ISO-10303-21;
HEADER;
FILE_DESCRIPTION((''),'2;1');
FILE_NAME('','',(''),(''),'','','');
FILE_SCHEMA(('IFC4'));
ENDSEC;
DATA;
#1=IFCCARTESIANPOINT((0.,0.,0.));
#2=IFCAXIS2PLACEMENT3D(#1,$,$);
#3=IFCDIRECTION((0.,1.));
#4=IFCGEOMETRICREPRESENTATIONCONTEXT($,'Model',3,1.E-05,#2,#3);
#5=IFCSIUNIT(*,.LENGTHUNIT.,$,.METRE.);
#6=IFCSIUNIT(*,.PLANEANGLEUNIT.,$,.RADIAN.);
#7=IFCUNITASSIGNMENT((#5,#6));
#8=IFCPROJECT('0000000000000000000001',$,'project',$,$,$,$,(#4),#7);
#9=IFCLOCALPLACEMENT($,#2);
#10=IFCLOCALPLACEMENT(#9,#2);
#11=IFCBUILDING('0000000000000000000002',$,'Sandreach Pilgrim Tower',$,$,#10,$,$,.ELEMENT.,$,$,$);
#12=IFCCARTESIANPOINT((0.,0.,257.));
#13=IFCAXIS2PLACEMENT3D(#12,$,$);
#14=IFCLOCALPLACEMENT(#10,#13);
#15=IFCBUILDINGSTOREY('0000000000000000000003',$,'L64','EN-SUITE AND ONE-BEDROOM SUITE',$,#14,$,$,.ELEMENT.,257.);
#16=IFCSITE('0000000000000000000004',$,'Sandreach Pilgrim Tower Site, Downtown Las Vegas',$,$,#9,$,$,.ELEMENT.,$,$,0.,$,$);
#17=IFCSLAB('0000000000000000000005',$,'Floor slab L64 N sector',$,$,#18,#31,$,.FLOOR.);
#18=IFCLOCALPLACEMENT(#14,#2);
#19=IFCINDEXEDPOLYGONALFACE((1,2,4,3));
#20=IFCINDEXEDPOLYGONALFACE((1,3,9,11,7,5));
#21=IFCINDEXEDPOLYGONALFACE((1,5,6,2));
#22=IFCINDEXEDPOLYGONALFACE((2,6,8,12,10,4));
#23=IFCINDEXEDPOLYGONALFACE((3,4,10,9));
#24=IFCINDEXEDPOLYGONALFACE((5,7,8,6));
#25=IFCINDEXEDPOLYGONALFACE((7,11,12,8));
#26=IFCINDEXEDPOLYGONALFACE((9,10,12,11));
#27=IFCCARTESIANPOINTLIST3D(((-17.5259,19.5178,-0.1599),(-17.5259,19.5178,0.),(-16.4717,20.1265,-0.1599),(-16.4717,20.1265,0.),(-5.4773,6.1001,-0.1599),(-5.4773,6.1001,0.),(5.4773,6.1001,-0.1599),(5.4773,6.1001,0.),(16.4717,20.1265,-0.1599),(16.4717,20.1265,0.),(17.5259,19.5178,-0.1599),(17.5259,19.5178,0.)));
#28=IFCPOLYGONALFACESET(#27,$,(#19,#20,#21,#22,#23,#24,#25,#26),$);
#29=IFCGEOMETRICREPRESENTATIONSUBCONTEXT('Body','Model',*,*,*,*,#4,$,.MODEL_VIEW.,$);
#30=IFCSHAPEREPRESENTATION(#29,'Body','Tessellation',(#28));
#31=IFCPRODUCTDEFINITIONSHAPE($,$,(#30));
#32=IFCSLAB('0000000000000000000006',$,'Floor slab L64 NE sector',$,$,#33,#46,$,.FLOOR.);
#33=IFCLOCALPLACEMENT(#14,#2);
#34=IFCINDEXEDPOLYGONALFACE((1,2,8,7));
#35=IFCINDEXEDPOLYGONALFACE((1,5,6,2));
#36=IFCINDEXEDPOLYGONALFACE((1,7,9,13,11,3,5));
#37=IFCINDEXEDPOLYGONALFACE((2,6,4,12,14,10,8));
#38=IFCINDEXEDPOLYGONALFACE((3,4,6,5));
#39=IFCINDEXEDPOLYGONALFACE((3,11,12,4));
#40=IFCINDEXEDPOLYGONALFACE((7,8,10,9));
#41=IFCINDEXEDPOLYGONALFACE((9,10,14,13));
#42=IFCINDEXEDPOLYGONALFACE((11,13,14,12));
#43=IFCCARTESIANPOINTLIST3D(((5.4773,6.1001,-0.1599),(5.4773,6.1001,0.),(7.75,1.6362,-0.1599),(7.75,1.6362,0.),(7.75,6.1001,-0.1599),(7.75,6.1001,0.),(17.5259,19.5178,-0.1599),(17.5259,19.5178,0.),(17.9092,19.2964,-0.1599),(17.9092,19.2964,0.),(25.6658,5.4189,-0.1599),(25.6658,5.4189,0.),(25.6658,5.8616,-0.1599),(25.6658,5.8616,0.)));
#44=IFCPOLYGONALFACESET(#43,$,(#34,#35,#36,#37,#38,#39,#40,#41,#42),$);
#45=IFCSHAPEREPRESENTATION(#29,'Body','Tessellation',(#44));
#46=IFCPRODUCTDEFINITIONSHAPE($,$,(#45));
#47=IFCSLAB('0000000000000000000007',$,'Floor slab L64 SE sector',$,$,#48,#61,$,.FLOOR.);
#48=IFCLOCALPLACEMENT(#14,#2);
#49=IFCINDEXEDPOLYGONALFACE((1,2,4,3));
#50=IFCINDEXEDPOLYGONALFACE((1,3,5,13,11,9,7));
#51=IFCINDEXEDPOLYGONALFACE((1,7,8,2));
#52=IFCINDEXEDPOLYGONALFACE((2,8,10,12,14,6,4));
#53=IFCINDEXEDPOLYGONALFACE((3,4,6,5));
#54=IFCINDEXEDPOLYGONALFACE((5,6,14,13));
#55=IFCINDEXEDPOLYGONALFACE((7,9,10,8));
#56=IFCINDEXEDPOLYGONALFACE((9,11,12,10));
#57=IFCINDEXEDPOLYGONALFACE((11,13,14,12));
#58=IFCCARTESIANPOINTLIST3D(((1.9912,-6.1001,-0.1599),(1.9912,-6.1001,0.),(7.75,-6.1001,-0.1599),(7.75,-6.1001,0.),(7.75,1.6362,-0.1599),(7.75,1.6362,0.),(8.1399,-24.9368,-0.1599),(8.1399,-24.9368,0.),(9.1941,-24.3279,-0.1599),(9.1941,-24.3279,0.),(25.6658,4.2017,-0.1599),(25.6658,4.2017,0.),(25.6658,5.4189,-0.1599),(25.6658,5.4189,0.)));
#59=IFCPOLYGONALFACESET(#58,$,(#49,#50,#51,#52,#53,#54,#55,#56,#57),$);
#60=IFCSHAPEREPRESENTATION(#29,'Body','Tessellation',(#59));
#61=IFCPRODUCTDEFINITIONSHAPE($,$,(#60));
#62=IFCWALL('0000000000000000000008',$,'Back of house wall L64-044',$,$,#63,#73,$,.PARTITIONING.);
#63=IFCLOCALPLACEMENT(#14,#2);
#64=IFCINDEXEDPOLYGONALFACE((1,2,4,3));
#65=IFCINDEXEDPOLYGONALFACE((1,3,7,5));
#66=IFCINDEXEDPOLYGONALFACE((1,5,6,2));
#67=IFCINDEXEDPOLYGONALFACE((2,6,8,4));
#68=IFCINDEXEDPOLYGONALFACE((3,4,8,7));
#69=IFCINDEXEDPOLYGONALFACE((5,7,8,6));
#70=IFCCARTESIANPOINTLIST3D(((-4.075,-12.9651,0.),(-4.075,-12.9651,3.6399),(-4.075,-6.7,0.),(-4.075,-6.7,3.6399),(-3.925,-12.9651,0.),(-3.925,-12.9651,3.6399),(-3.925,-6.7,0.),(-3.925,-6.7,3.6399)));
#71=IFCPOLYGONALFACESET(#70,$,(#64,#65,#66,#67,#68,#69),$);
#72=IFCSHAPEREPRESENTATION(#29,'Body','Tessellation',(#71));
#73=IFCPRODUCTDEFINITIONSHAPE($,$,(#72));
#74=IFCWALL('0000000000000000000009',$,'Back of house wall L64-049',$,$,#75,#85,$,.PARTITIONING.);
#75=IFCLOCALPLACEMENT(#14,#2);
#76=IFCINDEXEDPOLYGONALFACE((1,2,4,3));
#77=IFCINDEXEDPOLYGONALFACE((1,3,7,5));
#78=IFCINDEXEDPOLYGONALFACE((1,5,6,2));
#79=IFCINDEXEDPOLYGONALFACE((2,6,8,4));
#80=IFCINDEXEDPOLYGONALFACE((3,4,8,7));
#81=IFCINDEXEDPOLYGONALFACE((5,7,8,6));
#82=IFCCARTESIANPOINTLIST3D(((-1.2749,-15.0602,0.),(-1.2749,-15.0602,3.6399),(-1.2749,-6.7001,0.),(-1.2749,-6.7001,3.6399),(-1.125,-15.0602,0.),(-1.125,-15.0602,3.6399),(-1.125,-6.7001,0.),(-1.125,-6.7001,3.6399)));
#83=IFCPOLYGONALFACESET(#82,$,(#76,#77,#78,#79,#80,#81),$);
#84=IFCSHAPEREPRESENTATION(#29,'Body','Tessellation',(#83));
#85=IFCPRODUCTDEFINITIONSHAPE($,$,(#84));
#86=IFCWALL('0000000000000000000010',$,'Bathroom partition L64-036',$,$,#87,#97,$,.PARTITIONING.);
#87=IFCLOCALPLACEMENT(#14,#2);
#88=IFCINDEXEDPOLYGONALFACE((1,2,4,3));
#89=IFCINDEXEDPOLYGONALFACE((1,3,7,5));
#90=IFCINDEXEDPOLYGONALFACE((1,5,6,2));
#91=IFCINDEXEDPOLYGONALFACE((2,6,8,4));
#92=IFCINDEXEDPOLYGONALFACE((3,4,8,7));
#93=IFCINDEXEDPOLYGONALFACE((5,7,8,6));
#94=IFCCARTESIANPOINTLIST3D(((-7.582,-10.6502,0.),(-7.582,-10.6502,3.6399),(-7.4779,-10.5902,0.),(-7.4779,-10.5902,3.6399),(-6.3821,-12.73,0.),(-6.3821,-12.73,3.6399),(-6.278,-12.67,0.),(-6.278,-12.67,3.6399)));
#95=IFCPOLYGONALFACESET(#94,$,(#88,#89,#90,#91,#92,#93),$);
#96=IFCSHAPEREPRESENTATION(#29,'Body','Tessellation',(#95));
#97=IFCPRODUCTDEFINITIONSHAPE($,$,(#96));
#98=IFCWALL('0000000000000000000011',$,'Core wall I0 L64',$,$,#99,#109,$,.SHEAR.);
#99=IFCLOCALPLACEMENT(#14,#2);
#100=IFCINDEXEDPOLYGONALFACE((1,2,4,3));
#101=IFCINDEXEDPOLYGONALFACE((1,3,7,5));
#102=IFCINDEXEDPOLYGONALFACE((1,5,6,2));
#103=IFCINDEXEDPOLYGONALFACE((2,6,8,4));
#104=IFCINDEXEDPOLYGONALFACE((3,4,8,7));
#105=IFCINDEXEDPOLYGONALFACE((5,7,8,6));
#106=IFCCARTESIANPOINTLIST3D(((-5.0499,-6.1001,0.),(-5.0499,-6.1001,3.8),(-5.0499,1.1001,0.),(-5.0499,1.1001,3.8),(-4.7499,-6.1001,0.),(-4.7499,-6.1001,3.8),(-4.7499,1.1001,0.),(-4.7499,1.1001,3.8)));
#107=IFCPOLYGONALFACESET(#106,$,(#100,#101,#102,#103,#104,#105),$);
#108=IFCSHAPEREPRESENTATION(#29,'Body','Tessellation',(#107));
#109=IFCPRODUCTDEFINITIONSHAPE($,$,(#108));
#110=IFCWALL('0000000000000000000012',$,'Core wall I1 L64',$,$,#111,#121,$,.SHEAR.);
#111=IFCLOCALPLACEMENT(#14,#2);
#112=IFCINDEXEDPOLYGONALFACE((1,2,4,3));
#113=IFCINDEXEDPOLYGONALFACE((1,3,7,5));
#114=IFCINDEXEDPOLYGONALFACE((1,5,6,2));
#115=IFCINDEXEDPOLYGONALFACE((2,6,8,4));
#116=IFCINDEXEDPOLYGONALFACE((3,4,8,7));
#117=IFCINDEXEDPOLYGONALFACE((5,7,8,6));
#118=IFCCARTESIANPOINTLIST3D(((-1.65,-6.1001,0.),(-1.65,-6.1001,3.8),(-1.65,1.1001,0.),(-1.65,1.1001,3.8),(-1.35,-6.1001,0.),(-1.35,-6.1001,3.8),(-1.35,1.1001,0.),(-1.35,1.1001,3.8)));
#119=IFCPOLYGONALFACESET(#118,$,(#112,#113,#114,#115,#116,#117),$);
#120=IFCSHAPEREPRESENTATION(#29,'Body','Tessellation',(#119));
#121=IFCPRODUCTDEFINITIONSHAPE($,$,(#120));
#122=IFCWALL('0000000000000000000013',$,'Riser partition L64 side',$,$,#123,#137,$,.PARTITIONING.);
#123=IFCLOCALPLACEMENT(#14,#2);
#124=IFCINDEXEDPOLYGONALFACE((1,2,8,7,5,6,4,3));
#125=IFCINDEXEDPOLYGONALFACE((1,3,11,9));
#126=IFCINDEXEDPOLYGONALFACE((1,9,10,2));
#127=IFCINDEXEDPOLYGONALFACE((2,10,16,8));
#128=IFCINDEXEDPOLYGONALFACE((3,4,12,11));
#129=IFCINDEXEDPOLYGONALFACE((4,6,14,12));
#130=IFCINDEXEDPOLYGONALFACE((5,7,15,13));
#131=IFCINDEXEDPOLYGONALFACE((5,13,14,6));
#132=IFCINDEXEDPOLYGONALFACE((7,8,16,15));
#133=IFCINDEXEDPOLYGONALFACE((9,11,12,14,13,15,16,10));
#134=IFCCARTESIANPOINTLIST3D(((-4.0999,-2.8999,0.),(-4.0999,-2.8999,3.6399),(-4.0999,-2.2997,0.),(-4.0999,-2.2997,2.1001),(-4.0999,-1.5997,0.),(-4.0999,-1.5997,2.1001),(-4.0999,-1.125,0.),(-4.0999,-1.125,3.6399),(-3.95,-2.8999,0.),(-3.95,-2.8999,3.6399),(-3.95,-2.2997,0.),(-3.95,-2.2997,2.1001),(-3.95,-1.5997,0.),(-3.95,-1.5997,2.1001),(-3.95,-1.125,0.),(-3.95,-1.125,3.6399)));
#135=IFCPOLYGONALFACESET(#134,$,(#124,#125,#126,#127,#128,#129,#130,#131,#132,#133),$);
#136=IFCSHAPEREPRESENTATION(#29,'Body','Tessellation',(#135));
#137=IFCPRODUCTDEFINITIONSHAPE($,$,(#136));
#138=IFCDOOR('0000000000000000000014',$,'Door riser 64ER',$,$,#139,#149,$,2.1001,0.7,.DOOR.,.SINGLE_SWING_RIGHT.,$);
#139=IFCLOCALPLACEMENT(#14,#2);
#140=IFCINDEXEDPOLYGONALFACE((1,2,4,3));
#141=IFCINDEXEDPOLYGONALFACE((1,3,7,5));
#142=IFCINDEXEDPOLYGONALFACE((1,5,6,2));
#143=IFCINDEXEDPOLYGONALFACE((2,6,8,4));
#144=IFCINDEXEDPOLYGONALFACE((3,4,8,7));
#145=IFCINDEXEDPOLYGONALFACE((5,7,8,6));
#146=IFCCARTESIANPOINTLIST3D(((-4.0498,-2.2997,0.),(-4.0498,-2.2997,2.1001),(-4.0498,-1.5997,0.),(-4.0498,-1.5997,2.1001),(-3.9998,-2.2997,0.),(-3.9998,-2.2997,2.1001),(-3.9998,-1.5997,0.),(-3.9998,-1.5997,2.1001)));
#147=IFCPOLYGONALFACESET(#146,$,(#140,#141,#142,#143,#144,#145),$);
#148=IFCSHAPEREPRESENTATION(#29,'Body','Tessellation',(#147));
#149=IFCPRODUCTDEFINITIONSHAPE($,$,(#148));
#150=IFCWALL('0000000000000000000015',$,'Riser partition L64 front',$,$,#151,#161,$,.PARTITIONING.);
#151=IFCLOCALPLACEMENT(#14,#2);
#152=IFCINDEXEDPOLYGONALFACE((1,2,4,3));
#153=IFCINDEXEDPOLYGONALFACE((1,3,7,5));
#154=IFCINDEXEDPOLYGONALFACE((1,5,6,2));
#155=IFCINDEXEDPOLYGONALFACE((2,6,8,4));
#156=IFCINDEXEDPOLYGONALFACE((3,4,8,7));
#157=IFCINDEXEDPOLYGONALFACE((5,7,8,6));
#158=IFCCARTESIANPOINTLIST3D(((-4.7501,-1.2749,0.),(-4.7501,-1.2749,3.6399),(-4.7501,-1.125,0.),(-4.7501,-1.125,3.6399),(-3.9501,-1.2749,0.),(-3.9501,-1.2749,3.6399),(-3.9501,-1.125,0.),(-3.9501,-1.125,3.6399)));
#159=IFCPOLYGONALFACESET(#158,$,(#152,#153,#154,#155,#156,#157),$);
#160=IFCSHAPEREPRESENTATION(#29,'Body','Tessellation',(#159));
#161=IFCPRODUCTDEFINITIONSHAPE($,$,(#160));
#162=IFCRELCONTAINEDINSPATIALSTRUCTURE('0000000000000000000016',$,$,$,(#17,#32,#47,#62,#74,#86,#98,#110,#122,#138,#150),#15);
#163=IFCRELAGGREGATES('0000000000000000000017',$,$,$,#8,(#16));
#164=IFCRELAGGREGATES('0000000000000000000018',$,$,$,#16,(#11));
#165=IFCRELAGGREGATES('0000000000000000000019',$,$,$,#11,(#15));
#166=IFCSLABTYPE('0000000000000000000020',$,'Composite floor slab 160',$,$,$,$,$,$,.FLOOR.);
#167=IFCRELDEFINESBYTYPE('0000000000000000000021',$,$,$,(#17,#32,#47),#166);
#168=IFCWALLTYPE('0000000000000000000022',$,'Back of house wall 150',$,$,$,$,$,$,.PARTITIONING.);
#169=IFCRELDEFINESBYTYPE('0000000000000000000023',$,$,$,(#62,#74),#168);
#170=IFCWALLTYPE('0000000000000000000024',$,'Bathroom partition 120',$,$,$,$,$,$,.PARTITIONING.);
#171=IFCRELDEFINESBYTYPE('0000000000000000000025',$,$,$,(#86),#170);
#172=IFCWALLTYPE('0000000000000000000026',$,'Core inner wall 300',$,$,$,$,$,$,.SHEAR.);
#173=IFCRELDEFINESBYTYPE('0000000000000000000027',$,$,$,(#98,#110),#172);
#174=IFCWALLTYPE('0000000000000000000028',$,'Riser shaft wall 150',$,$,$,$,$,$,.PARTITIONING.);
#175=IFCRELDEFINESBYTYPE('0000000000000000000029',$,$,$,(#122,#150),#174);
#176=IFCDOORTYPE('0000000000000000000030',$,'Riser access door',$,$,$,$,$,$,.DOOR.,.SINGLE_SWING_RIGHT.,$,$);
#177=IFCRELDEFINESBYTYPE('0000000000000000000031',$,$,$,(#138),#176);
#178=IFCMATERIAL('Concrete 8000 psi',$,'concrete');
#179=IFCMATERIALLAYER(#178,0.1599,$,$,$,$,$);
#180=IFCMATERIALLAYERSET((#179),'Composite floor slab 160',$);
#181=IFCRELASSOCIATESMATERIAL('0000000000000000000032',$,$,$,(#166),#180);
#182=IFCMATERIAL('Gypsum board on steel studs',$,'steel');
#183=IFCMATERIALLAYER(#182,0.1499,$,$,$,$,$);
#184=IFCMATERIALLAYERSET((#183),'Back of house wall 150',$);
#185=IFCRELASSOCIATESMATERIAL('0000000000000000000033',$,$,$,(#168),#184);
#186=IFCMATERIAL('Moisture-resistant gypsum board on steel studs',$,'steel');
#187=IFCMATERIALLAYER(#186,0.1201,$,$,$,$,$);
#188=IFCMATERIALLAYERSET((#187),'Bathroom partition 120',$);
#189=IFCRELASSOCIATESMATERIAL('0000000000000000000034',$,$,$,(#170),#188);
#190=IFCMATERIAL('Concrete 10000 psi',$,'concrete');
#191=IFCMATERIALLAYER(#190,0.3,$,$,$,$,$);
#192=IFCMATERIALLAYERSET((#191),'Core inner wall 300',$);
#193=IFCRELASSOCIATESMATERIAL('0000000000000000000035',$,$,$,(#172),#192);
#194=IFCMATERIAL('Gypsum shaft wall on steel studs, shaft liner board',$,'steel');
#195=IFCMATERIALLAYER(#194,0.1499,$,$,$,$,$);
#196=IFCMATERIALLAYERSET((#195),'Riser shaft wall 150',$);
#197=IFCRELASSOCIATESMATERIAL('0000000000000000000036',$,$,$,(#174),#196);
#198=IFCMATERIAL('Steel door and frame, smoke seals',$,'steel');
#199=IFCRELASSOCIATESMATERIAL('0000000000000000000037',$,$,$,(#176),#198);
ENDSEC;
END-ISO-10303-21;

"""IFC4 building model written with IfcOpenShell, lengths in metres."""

from ifc_helpers import new_model, si_unit, direction, frame, frame_2d, origin, place, context, subcontext, project, spatial, polyline, rectangle, outline, extrude, material, layer, layer_set, type_object, element, fill, save


model = new_model("IFC4")

# Units and contexts
model_context = context("Model", 3, precision=1e-05, world=origin(), true_north=direction((0.0, 1.0)))
body_context = subcontext(model_context, "Body", "Model", "MODEL_VIEW")
ifc_project = project(units=[si_unit("LENGTHUNIT", "METRE"), si_unit("PLANEANGLEUNIT", "RADIAN")], contexts=[model_context])

# Site, building, storey
site_placement = place(None, origin())
site = spatial("IfcSite", under=ifc_project, at=site_placement, Name="Sandreach Pilgrim Tower Site, Downtown Las Vegas", CompositionType="ELEMENT", RefElevation=0.0)
building_placement = place(site_placement, origin())
building = spatial("IfcBuilding", under=site, at=building_placement, Name="Sandreach Pilgrim Tower", CompositionType="ELEMENT")
storey_placement = place(building_placement, frame((0.0, 0.0, 257.0)))
storey = spatial("IfcBuildingStorey", under=building, at=storey_placement, Name="L64", Description="EN-SUITE AND ONE-BEDROOM SUITE", CompositionType="ELEMENT", Elevation=257.0)

# Slabs
ifc_material_1 = material(Name="Concrete 8000 psi", Category="concrete")
ifc_layer_1 = layer(ifc_material_1, 0.1599)
ifc_layer_set_1 = layer_set([ifc_layer_1], Name="Composite floor slab 160")
slab_type = type_object("IfcSlabType", Name="Composite floor slab 160", PredefinedType="FLOOR", material=ifc_layer_set_1)
slab_1_placement = place(storey_placement, frame((0.0, 0.0, -0.1599)))
element("IfcSlab", 1, at=slab_1_placement, inside=storey, type_object=slab_type, Name="Floor slab L64 N sector", PredefinedType="FLOOR", context=body_context, shape_type="SweptSolid", body=[
    extrude(outline(polyline([(-16.4717, 20.1265), (16.4717, 20.1265), (17.5259, 19.5178), (5.4773, 6.1001), (-5.4773, 6.1001), (-17.5259, 19.5178), (-16.4717, 20.1265)])), origin(), (0.0, 0.0, 1.0), 0.1599),
])
slab_2_placement = place(storey_placement, frame((0.0, 0.0, -0.1599)))
element("IfcSlab", 2, at=slab_2_placement, inside=storey, type_object=slab_type, Name="Floor slab L64 NE sector", PredefinedType="FLOOR", context=body_context, shape_type="SweptSolid", body=[
    extrude(outline(polyline([(17.9092, 19.2964), (25.6658, 5.8616), (25.6658, 5.4189), (7.75, 1.6362), (7.75, 6.1001), (5.4773, 6.1001), (17.5259, 19.5178), (17.9092, 19.2964)])), origin(), (0.0, 0.0, 1.0), 0.1599),
])
slab_3_placement = place(storey_placement, frame((0.0, 0.0, -0.1599)))
element("IfcSlab", 3, at=slab_3_placement, inside=storey, type_object=slab_type, Name="Floor slab L64 SE sector", PredefinedType="FLOOR", context=body_context, shape_type="SweptSolid", body=[
    extrude(outline(polyline([(25.6658, 4.2017), (9.1941, -24.3279), (8.1399, -24.9368), (1.9912, -6.1001), (7.75, -6.1001), (7.75, 1.6362), (25.6658, 5.4189), (25.6658, 4.2017)])), origin(), (0.0, 0.0, 1.0), 0.1599),
])

# Walls
ifc_material_2 = material(Name="Gypsum board on steel studs", Category="steel")
ifc_layer_2 = layer(ifc_material_2, 0.1499)
ifc_layer_set_2 = layer_set([ifc_layer_2], Name="Back of house wall 150")
wall_type_1 = type_object("IfcWallType", Name="Back of house wall 150", PredefinedType="PARTITIONING", material=ifc_layer_set_2)
wall_1_placement = place(storey_placement, frame((-4.0, -6.7, 0.0), z_axis=(0.0, 0.0, 1.0), x_axis=(0.0, -1.0, 0.0)))
element("IfcWall", 4, at=wall_1_placement, inside=storey, type_object=wall_type_1, Name="Back of house wall L64-044", PredefinedType="PARTITIONING", context=body_context, shape_type="SweptSolid", body=[
    extrude(rectangle(XDim=6.2651, YDim=0.1499, at=frame_2d((3.1326, 0.0))), origin(), (0.0, 0.0, 1.0), 3.6399),
])
wall_2_placement = place(storey_placement, frame((-1.2, -6.7, 0.0), z_axis=(0.0, 0.0, 1.0), x_axis=(0.0, -1.0, 0.0)))
element("IfcWall", 5, at=wall_2_placement, inside=storey, type_object=wall_type_1, Name="Back of house wall L64-049", PredefinedType="PARTITIONING", context=body_context, shape_type="SweptSolid", body=[
    extrude(rectangle(XDim=8.3601, YDim=0.1499, at=frame_2d((4.1802, 0.0))), origin(), (0.0, 0.0, 1.0), 3.6399),
])
ifc_material_3 = material(Name="Moisture-resistant gypsum board on steel studs", Category="steel")
ifc_layer_3 = layer(ifc_material_3, 0.1201)
ifc_layer_set_3 = layer_set([ifc_layer_3], Name="Bathroom partition 120")
wall_type_2 = type_object("IfcWallType", Name="Bathroom partition 120", PredefinedType="PARTITIONING", material=ifc_layer_set_3)
wall_3_placement = place(storey_placement, frame((-7.53, -10.6201, 0.0), z_axis=(0.0, 0.0, 1.0), x_axis=(0.499737, -0.866177, 0.0)))
element("IfcWall", 6, at=wall_3_placement, inside=storey, type_object=wall_type_2, Name="Bathroom partition L64-036", PredefinedType="PARTITIONING", context=body_context, shape_type="SweptSolid", body=[
    extrude(rectangle(XDim=2.4011, YDim=0.1201, at=frame_2d((1.2007, 0.0))), origin(), (0.0, 0.0, 1.0), 3.6399),
])
ifc_material_4 = material(Name="Concrete 10000 psi", Category="concrete")
ifc_layer_4 = layer(ifc_material_4, 0.3)
ifc_layer_set_4 = layer_set([ifc_layer_4], Name="Core inner wall 300")
wall_type_3 = type_object("IfcWallType", Name="Core inner wall 300", PredefinedType="SHEAR", material=ifc_layer_set_4)
for number, where, z_axis, x_axis, name in (
    (7, (-4.8999, -6.1001, 0.0), (0.0, 0.0, 1.0), (0.0, 1.0, 0.0), "Core wall I0 L64"),
    (8, (-1.5, -6.1001, 0.0), (0.0, 0.0, 1.0), (0.0, 1.0, 0.0), "Core wall I1 L64"),
):
    element("IfcWall", number, at=place(storey_placement, frame(where, z_axis=z_axis, x_axis=x_axis)), inside=storey, type_object=wall_type_3, Name=name, PredefinedType="SHEAR", context=body_context, shape_type="SweptSolid", body=[
        extrude(rectangle(XDim=7.2002, YDim=0.3, at=frame_2d((3.6001, 0.0))), origin(), (0.0, 0.0, 1.0), 3.8),
    ])

# Wall, opening, door
ifc_material_5 = material(Name="Gypsum shaft wall on steel studs, shaft liner board", Category="steel")
ifc_layer_5 = layer(ifc_material_5, 0.1499)
ifc_layer_set_5 = layer_set([ifc_layer_5], Name="Riser shaft wall 150")
wall_type_4 = type_object("IfcWallType", Name="Riser shaft wall 150", PredefinedType="PARTITIONING", material=ifc_layer_set_5)
wall_4_placement = place(storey_placement, frame((-4.0249, -2.8999, 0.0), z_axis=(0.0, 0.0, 1.0), x_axis=(0.0, 1.0, 0.0)))
wall_4 = element("IfcWall", 9, at=wall_4_placement, inside=storey, type_object=wall_type_4, Name="Riser partition L64 side", PredefinedType="PARTITIONING", context=body_context, shape_type="SweptSolid", body=[
    extrude(rectangle(XDim=1.7749, YDim=0.1499, at=frame_2d((0.8875, 0.0))), origin(), (0.0, 0.0, 1.0), 3.6399),
])
opening_1_placement = place(wall_4_placement, frame((0.6001, 0.0, 0.0)))
opening_1 = element("IfcOpeningElement", 10, at=opening_1_placement, cuts=wall_4, PredefinedType="OPENING", context=body_context, shape_type="SweptSolid", body=[
    extrude(rectangle(XDim=0.7, YDim=2.1001, at=frame_2d((0.3501, 1.05))), frame((0.0, 0.075, 0.0), z_axis=(0.0, -1.0, 0.0), x_axis=(1.0, 0.0, 0.0)), (0.0, 0.0, 1.0), 0.1499),
])
ifc_material_6 = material(Name="Steel door and frame, smoke seals", Category="steel")
door_type_1 = type_object("IfcDoorType", Name="Riser access door", OperationType="SINGLE_SWING_RIGHT", PredefinedType="DOOR", material=ifc_material_6)
door_1_placement = place(opening_1_placement, origin())
door_1 = element("IfcDoor", 11, at=door_1_placement, inside=storey, type_object=door_type_1, Name="Door riser 64ER", OperationType="SINGLE_SWING_RIGHT", OverallHeight=2.1001, OverallWidth=0.7, PredefinedType="DOOR", context=body_context, shape_type="SweptSolid", body=[
    extrude(rectangle(XDim=0.7, YDim=2.1001, at=frame_2d((0.3501, 1.05))), frame((0.0, 0.0249, 0.0), z_axis=(0.0, -1.0, 0.0), x_axis=(1.0, 0.0, 0.0)), (0.0, 0.0, 1.0), 0.05),
])
fill(opening_1, door_1)

# Wall
wall_5_placement = place(storey_placement, frame((-4.75, -1.2, 0.0), z_axis=(0.0, 0.0, 1.0), x_axis=(1.0, 0.0, 0.0)))
element("IfcWall", 12, at=wall_5_placement, inside=storey, type_object=wall_type_4, Name="Riser partition L64 front", PredefinedType="PARTITIONING", context=body_context, shape_type="SweptSolid", body=[
    extrude(rectangle(XDim=0.8, YDim=0.1499, at=frame_2d((0.3999, 0.0))), origin(), (0.0, 0.0, 1.0), 3.6399),
])

save(model, "model.ifc")
